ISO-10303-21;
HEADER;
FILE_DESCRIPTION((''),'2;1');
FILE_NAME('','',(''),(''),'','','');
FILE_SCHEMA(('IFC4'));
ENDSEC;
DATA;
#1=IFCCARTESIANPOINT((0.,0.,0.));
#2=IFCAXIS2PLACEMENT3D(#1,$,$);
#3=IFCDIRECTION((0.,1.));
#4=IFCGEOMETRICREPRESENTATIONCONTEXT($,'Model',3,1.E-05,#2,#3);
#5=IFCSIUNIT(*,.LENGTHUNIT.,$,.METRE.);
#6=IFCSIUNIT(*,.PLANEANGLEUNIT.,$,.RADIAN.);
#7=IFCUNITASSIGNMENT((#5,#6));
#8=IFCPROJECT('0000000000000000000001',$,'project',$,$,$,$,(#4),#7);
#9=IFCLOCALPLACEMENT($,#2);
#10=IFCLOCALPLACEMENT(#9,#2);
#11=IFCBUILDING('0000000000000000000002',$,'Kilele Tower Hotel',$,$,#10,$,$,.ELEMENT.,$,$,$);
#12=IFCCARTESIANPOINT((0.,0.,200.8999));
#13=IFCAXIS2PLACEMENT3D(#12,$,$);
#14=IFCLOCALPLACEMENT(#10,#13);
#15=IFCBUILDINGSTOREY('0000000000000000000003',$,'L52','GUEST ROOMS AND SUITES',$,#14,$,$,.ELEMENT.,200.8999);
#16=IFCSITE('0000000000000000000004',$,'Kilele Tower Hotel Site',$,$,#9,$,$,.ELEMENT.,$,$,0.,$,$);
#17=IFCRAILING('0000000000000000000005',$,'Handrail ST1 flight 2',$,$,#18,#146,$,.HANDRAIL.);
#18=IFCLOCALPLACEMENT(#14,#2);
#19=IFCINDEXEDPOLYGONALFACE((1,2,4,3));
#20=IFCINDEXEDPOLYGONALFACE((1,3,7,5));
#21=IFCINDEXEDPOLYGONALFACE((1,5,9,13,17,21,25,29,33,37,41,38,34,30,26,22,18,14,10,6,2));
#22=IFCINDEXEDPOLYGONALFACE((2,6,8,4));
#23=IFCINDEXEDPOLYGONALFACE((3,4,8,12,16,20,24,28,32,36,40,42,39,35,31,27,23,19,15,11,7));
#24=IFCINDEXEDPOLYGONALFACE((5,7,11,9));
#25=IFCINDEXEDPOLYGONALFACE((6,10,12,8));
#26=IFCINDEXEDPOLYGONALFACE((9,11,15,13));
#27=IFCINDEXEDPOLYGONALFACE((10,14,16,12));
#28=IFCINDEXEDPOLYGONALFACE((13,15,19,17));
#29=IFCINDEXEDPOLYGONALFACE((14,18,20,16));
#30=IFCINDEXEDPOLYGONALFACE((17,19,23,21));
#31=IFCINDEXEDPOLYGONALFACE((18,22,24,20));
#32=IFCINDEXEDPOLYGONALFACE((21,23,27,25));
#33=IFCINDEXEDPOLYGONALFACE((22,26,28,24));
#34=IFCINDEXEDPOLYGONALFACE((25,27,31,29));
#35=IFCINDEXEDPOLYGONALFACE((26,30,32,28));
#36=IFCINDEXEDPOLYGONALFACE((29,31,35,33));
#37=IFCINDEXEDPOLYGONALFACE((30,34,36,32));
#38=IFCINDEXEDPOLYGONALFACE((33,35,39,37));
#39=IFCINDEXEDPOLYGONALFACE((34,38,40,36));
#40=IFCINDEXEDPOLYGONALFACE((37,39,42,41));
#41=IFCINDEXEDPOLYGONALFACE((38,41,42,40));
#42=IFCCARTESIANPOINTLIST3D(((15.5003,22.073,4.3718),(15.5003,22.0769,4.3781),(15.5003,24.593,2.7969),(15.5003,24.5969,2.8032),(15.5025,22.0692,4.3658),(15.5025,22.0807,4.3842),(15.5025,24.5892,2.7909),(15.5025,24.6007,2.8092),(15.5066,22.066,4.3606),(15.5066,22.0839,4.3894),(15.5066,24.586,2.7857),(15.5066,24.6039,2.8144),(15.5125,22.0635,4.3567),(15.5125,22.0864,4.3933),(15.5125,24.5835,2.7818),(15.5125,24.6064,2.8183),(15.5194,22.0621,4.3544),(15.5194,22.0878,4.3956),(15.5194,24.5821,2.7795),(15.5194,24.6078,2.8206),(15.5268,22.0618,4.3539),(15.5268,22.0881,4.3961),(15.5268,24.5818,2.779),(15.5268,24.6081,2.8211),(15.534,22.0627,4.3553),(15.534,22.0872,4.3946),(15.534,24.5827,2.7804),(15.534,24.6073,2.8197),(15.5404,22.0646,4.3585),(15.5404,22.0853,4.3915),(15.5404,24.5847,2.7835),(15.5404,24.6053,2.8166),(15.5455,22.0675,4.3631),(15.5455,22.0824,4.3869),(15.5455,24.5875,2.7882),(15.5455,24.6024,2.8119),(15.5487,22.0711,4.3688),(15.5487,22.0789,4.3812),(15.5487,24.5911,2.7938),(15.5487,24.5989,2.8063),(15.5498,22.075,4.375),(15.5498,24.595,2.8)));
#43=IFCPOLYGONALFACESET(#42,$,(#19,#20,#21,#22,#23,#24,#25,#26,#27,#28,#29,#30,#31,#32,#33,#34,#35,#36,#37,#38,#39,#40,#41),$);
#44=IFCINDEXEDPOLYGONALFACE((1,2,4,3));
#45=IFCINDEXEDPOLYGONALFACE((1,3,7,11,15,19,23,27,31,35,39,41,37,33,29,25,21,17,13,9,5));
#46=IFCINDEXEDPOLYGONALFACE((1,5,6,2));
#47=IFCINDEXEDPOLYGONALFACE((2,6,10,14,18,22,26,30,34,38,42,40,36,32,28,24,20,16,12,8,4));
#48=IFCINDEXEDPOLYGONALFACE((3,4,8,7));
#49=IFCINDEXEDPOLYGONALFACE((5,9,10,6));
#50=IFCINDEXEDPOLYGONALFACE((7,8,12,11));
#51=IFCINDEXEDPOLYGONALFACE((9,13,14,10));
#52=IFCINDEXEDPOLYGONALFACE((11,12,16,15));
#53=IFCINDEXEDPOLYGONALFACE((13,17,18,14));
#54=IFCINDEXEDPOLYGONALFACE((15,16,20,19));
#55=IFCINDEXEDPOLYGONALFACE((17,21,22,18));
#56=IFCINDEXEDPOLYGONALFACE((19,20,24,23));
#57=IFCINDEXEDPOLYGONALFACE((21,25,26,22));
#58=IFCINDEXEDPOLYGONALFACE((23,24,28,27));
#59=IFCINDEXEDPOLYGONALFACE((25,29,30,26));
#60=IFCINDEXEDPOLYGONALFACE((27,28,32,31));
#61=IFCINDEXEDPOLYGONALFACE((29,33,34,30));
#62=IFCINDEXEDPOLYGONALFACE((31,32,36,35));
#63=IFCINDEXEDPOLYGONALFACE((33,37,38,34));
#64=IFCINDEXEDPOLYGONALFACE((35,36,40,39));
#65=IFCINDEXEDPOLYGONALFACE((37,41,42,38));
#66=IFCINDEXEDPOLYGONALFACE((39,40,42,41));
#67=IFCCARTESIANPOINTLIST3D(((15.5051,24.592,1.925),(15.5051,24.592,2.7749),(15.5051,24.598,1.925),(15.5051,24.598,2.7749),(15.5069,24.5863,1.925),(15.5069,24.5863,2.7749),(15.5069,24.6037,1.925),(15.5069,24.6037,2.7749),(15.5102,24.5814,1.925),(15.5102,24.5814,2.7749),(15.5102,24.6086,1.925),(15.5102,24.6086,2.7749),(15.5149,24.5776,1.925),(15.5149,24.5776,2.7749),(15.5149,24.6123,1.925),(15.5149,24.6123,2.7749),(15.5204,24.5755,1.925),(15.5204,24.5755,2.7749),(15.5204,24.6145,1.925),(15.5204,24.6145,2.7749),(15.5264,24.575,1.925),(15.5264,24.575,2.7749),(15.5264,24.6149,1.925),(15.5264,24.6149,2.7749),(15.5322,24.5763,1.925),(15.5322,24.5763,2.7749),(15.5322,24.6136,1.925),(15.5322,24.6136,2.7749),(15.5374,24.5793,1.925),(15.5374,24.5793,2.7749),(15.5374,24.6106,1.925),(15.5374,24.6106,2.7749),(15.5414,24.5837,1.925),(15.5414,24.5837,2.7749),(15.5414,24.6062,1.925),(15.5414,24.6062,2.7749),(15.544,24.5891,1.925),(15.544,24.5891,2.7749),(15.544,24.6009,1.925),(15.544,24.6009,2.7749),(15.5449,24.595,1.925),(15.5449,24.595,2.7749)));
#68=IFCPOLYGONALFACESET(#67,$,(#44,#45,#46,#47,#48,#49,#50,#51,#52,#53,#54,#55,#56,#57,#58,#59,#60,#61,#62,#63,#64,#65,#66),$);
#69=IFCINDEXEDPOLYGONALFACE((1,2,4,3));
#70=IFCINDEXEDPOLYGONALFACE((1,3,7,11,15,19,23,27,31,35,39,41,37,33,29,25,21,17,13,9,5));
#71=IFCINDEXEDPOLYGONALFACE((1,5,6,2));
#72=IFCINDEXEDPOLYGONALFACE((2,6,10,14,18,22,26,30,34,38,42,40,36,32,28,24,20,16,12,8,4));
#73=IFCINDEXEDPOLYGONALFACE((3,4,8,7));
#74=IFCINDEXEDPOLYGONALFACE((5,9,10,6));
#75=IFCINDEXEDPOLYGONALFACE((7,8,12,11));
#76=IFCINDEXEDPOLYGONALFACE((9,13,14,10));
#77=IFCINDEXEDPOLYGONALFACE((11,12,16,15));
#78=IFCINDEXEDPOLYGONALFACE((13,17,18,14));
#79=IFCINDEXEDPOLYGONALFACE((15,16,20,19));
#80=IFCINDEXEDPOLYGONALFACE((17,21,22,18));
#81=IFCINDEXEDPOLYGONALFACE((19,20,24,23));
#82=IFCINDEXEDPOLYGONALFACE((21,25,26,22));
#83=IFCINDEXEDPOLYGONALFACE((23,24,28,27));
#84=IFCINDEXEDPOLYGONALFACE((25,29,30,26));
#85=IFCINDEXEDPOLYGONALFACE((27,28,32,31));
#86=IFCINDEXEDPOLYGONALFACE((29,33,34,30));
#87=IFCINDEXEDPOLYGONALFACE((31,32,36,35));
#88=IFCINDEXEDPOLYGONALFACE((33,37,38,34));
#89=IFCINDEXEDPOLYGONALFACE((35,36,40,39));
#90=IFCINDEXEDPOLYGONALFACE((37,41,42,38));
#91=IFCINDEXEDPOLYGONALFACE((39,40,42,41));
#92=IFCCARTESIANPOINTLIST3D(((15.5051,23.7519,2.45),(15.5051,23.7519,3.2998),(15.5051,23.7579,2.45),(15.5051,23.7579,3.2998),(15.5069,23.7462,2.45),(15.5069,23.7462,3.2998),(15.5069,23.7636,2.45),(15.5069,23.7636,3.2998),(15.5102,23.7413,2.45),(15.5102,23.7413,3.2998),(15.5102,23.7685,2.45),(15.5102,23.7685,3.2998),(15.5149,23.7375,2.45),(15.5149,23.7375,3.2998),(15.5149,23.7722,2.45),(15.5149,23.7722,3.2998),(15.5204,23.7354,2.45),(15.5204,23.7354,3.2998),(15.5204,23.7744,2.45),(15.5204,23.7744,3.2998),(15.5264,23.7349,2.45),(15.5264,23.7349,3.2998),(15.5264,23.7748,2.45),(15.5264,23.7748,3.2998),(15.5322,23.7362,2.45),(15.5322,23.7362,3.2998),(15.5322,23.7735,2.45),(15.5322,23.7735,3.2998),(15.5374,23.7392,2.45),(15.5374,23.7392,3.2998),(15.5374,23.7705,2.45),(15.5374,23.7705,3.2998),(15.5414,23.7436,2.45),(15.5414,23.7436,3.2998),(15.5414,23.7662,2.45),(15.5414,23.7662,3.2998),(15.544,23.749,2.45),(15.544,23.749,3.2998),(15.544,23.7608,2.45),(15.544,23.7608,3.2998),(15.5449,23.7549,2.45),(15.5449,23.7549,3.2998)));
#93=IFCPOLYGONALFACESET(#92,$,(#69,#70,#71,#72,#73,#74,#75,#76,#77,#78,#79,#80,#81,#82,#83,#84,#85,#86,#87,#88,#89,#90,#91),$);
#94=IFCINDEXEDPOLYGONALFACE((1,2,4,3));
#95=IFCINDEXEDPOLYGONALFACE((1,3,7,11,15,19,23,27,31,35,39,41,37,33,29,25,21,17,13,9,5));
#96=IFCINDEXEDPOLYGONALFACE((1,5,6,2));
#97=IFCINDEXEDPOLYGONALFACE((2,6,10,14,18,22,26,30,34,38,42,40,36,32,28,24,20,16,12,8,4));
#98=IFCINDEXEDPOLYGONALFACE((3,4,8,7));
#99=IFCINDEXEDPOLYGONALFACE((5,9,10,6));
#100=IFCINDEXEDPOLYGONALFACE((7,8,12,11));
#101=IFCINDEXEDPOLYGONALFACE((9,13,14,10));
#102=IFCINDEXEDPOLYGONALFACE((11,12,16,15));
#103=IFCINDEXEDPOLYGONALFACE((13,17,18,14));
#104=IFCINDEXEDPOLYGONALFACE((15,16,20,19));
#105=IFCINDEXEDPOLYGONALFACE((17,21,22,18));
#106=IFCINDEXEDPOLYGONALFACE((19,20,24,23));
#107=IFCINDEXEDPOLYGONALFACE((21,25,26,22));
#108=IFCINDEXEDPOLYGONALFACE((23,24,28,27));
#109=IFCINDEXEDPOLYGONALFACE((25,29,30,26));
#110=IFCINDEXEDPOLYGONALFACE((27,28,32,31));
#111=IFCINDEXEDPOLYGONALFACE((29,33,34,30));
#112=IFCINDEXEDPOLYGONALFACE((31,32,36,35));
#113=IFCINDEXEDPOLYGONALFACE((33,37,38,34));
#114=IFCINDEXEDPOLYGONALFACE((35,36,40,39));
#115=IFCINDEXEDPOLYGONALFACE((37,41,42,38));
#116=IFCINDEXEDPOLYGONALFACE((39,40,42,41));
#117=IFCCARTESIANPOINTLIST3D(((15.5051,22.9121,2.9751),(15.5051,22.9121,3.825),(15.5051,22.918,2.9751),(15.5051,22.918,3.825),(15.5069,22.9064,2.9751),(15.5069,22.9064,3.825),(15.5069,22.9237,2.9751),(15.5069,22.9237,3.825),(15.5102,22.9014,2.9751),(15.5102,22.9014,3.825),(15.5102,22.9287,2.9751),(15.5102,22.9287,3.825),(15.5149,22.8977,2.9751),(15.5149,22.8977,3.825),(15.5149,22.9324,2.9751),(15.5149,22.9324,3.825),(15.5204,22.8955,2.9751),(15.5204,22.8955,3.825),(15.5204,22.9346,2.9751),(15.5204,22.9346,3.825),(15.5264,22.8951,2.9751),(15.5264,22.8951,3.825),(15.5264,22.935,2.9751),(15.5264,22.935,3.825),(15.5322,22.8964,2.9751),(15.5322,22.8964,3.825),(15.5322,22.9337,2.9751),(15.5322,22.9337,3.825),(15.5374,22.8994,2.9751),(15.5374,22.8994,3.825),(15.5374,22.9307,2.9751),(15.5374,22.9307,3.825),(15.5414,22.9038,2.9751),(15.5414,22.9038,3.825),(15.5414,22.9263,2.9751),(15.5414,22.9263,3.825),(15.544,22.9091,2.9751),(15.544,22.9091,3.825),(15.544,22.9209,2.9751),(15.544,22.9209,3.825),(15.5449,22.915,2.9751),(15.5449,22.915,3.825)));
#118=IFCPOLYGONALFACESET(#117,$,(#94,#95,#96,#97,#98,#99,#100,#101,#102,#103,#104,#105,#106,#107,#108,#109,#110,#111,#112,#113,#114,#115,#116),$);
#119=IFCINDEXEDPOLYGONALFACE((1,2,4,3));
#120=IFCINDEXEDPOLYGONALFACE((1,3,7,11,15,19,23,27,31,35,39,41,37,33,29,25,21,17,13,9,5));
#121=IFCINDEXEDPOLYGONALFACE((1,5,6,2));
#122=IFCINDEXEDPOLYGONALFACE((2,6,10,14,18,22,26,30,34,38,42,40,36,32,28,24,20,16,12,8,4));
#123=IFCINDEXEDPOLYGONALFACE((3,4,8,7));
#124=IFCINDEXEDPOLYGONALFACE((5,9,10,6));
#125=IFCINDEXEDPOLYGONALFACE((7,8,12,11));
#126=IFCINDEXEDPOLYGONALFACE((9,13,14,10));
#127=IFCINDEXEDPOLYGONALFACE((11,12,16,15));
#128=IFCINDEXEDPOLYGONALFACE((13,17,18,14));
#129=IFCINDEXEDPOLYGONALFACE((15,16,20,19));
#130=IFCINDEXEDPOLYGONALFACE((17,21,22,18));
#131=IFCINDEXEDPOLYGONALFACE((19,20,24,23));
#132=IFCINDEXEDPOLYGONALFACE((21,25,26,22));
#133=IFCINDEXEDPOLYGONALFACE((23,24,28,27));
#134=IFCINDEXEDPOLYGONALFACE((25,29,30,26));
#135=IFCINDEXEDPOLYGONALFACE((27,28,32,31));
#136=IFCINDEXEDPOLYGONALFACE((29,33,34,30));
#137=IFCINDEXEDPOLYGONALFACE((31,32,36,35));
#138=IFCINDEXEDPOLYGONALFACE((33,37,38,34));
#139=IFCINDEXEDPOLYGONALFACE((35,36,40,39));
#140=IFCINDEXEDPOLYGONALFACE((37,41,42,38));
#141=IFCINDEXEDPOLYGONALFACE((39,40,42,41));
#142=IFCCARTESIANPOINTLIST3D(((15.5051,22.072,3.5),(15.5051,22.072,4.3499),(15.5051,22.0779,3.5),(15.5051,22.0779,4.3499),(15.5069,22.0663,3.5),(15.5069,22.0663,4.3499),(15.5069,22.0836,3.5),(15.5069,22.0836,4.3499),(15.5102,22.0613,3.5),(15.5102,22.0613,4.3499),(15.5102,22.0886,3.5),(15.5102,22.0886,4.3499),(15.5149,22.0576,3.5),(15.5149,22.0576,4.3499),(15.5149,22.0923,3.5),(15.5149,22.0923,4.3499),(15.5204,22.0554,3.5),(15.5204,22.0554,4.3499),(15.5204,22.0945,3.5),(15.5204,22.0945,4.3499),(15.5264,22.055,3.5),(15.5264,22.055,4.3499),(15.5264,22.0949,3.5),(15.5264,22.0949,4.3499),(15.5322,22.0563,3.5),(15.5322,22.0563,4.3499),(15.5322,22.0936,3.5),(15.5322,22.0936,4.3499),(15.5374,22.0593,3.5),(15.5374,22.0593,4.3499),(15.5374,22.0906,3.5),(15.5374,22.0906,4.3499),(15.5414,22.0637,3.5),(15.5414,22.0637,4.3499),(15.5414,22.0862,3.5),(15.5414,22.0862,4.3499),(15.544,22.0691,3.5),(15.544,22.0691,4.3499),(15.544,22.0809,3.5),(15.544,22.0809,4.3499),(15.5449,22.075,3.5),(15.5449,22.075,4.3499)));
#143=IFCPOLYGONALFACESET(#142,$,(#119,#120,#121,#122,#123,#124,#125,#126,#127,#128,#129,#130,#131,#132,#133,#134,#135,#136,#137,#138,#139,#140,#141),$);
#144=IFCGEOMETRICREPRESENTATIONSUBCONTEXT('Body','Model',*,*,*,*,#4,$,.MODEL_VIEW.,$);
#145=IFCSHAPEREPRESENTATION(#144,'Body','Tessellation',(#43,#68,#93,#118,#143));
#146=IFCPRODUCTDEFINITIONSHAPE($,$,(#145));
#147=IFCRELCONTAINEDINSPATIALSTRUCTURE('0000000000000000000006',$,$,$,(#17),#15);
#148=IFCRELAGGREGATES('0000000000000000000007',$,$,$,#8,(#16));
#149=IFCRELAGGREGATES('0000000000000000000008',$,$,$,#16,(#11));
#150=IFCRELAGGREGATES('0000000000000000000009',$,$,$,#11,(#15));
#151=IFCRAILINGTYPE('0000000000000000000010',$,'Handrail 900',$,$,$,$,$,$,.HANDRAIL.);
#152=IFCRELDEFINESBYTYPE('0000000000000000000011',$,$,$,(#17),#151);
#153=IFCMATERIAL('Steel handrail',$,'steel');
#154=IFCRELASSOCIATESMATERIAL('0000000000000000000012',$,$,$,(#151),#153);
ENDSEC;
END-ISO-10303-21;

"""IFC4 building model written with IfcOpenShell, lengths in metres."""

from ifc_helpers import new_model, si_unit, direction, frame, origin, origin_2d, place, context, subcontext, project, spatial, circle, extrude, material, type_object, element, save


model = new_model("IFC4")

# Units and contexts
model_context = context("Model", 3, precision=1e-05, world=origin(), true_north=direction((0.0, 1.0)))
body_context = subcontext(model_context, "Body", "Model", "MODEL_VIEW")
ifc_project = project(units=[si_unit("LENGTHUNIT", "METRE"), si_unit("PLANEANGLEUNIT", "RADIAN")], contexts=[model_context])

# Site, building, storey
site_placement = place(None, origin())
site = spatial("IfcSite", under=ifc_project, at=site_placement, Name="Kilele Tower Hotel Site", CompositionType="ELEMENT", RefElevation=0.0)
building_placement = place(site_placement, origin())
building = spatial("IfcBuilding", under=site, at=building_placement, Name="Kilele Tower Hotel", CompositionType="ELEMENT")
storey_placement = place(building_placement, frame((0.0, 0.0, 200.8999)))
storey = spatial("IfcBuildingStorey", under=building, at=storey_placement, Name="L52", Description="GUEST ROOMS AND SUITES", CompositionType="ELEMENT", Elevation=200.8999)

# Railing
ifc_material_1 = material(Name="Steel handrail", Category="steel")
railing_type_1 = type_object("IfcRailingType", Name="Handrail 900", PredefinedType="HANDRAIL", material=ifc_material_1)
for number, where, name in (
    (1, (15.5249, 24.595, 1.925), "Handrail ST1 flight 2"),
):
    element("IfcRailing", number, at=place(storey_placement, frame(where)), inside=storey, type_object=railing_type_1, Name=name, PredefinedType="HANDRAIL", context=body_context, shape_type="SweptSolid", body=[
        extrude(circle(Radius=0.0249, at=origin_2d()), frame((0.0, 0.0, 0.875), z_axis=(0.0, -0.848008, 0.529984), x_axis=(1.0, 0.0, 0.0)), (0.0, 0.0, 1.0), 2.9717),
        extrude(circle(Radius=0.02, at=origin_2d()), origin(), (0.0, 0.0, 1.0), 0.8499),
        extrude(circle(Radius=0.02, at=origin_2d()), frame((0.0, -0.8401, 0.5249)), (0.0, 0.0, 1.0), 0.8499),
        extrude(circle(Radius=0.02, at=origin_2d()), frame((0.0, -1.6799, 1.05)), (0.0, 0.0, 1.0), 0.8499),
        extrude(circle(Radius=0.02, at=origin_2d()), frame((0.0, -2.52, 1.575)), (0.0, 0.0, 1.0), 0.8499),
    ])

save(model, "model.ifc")
